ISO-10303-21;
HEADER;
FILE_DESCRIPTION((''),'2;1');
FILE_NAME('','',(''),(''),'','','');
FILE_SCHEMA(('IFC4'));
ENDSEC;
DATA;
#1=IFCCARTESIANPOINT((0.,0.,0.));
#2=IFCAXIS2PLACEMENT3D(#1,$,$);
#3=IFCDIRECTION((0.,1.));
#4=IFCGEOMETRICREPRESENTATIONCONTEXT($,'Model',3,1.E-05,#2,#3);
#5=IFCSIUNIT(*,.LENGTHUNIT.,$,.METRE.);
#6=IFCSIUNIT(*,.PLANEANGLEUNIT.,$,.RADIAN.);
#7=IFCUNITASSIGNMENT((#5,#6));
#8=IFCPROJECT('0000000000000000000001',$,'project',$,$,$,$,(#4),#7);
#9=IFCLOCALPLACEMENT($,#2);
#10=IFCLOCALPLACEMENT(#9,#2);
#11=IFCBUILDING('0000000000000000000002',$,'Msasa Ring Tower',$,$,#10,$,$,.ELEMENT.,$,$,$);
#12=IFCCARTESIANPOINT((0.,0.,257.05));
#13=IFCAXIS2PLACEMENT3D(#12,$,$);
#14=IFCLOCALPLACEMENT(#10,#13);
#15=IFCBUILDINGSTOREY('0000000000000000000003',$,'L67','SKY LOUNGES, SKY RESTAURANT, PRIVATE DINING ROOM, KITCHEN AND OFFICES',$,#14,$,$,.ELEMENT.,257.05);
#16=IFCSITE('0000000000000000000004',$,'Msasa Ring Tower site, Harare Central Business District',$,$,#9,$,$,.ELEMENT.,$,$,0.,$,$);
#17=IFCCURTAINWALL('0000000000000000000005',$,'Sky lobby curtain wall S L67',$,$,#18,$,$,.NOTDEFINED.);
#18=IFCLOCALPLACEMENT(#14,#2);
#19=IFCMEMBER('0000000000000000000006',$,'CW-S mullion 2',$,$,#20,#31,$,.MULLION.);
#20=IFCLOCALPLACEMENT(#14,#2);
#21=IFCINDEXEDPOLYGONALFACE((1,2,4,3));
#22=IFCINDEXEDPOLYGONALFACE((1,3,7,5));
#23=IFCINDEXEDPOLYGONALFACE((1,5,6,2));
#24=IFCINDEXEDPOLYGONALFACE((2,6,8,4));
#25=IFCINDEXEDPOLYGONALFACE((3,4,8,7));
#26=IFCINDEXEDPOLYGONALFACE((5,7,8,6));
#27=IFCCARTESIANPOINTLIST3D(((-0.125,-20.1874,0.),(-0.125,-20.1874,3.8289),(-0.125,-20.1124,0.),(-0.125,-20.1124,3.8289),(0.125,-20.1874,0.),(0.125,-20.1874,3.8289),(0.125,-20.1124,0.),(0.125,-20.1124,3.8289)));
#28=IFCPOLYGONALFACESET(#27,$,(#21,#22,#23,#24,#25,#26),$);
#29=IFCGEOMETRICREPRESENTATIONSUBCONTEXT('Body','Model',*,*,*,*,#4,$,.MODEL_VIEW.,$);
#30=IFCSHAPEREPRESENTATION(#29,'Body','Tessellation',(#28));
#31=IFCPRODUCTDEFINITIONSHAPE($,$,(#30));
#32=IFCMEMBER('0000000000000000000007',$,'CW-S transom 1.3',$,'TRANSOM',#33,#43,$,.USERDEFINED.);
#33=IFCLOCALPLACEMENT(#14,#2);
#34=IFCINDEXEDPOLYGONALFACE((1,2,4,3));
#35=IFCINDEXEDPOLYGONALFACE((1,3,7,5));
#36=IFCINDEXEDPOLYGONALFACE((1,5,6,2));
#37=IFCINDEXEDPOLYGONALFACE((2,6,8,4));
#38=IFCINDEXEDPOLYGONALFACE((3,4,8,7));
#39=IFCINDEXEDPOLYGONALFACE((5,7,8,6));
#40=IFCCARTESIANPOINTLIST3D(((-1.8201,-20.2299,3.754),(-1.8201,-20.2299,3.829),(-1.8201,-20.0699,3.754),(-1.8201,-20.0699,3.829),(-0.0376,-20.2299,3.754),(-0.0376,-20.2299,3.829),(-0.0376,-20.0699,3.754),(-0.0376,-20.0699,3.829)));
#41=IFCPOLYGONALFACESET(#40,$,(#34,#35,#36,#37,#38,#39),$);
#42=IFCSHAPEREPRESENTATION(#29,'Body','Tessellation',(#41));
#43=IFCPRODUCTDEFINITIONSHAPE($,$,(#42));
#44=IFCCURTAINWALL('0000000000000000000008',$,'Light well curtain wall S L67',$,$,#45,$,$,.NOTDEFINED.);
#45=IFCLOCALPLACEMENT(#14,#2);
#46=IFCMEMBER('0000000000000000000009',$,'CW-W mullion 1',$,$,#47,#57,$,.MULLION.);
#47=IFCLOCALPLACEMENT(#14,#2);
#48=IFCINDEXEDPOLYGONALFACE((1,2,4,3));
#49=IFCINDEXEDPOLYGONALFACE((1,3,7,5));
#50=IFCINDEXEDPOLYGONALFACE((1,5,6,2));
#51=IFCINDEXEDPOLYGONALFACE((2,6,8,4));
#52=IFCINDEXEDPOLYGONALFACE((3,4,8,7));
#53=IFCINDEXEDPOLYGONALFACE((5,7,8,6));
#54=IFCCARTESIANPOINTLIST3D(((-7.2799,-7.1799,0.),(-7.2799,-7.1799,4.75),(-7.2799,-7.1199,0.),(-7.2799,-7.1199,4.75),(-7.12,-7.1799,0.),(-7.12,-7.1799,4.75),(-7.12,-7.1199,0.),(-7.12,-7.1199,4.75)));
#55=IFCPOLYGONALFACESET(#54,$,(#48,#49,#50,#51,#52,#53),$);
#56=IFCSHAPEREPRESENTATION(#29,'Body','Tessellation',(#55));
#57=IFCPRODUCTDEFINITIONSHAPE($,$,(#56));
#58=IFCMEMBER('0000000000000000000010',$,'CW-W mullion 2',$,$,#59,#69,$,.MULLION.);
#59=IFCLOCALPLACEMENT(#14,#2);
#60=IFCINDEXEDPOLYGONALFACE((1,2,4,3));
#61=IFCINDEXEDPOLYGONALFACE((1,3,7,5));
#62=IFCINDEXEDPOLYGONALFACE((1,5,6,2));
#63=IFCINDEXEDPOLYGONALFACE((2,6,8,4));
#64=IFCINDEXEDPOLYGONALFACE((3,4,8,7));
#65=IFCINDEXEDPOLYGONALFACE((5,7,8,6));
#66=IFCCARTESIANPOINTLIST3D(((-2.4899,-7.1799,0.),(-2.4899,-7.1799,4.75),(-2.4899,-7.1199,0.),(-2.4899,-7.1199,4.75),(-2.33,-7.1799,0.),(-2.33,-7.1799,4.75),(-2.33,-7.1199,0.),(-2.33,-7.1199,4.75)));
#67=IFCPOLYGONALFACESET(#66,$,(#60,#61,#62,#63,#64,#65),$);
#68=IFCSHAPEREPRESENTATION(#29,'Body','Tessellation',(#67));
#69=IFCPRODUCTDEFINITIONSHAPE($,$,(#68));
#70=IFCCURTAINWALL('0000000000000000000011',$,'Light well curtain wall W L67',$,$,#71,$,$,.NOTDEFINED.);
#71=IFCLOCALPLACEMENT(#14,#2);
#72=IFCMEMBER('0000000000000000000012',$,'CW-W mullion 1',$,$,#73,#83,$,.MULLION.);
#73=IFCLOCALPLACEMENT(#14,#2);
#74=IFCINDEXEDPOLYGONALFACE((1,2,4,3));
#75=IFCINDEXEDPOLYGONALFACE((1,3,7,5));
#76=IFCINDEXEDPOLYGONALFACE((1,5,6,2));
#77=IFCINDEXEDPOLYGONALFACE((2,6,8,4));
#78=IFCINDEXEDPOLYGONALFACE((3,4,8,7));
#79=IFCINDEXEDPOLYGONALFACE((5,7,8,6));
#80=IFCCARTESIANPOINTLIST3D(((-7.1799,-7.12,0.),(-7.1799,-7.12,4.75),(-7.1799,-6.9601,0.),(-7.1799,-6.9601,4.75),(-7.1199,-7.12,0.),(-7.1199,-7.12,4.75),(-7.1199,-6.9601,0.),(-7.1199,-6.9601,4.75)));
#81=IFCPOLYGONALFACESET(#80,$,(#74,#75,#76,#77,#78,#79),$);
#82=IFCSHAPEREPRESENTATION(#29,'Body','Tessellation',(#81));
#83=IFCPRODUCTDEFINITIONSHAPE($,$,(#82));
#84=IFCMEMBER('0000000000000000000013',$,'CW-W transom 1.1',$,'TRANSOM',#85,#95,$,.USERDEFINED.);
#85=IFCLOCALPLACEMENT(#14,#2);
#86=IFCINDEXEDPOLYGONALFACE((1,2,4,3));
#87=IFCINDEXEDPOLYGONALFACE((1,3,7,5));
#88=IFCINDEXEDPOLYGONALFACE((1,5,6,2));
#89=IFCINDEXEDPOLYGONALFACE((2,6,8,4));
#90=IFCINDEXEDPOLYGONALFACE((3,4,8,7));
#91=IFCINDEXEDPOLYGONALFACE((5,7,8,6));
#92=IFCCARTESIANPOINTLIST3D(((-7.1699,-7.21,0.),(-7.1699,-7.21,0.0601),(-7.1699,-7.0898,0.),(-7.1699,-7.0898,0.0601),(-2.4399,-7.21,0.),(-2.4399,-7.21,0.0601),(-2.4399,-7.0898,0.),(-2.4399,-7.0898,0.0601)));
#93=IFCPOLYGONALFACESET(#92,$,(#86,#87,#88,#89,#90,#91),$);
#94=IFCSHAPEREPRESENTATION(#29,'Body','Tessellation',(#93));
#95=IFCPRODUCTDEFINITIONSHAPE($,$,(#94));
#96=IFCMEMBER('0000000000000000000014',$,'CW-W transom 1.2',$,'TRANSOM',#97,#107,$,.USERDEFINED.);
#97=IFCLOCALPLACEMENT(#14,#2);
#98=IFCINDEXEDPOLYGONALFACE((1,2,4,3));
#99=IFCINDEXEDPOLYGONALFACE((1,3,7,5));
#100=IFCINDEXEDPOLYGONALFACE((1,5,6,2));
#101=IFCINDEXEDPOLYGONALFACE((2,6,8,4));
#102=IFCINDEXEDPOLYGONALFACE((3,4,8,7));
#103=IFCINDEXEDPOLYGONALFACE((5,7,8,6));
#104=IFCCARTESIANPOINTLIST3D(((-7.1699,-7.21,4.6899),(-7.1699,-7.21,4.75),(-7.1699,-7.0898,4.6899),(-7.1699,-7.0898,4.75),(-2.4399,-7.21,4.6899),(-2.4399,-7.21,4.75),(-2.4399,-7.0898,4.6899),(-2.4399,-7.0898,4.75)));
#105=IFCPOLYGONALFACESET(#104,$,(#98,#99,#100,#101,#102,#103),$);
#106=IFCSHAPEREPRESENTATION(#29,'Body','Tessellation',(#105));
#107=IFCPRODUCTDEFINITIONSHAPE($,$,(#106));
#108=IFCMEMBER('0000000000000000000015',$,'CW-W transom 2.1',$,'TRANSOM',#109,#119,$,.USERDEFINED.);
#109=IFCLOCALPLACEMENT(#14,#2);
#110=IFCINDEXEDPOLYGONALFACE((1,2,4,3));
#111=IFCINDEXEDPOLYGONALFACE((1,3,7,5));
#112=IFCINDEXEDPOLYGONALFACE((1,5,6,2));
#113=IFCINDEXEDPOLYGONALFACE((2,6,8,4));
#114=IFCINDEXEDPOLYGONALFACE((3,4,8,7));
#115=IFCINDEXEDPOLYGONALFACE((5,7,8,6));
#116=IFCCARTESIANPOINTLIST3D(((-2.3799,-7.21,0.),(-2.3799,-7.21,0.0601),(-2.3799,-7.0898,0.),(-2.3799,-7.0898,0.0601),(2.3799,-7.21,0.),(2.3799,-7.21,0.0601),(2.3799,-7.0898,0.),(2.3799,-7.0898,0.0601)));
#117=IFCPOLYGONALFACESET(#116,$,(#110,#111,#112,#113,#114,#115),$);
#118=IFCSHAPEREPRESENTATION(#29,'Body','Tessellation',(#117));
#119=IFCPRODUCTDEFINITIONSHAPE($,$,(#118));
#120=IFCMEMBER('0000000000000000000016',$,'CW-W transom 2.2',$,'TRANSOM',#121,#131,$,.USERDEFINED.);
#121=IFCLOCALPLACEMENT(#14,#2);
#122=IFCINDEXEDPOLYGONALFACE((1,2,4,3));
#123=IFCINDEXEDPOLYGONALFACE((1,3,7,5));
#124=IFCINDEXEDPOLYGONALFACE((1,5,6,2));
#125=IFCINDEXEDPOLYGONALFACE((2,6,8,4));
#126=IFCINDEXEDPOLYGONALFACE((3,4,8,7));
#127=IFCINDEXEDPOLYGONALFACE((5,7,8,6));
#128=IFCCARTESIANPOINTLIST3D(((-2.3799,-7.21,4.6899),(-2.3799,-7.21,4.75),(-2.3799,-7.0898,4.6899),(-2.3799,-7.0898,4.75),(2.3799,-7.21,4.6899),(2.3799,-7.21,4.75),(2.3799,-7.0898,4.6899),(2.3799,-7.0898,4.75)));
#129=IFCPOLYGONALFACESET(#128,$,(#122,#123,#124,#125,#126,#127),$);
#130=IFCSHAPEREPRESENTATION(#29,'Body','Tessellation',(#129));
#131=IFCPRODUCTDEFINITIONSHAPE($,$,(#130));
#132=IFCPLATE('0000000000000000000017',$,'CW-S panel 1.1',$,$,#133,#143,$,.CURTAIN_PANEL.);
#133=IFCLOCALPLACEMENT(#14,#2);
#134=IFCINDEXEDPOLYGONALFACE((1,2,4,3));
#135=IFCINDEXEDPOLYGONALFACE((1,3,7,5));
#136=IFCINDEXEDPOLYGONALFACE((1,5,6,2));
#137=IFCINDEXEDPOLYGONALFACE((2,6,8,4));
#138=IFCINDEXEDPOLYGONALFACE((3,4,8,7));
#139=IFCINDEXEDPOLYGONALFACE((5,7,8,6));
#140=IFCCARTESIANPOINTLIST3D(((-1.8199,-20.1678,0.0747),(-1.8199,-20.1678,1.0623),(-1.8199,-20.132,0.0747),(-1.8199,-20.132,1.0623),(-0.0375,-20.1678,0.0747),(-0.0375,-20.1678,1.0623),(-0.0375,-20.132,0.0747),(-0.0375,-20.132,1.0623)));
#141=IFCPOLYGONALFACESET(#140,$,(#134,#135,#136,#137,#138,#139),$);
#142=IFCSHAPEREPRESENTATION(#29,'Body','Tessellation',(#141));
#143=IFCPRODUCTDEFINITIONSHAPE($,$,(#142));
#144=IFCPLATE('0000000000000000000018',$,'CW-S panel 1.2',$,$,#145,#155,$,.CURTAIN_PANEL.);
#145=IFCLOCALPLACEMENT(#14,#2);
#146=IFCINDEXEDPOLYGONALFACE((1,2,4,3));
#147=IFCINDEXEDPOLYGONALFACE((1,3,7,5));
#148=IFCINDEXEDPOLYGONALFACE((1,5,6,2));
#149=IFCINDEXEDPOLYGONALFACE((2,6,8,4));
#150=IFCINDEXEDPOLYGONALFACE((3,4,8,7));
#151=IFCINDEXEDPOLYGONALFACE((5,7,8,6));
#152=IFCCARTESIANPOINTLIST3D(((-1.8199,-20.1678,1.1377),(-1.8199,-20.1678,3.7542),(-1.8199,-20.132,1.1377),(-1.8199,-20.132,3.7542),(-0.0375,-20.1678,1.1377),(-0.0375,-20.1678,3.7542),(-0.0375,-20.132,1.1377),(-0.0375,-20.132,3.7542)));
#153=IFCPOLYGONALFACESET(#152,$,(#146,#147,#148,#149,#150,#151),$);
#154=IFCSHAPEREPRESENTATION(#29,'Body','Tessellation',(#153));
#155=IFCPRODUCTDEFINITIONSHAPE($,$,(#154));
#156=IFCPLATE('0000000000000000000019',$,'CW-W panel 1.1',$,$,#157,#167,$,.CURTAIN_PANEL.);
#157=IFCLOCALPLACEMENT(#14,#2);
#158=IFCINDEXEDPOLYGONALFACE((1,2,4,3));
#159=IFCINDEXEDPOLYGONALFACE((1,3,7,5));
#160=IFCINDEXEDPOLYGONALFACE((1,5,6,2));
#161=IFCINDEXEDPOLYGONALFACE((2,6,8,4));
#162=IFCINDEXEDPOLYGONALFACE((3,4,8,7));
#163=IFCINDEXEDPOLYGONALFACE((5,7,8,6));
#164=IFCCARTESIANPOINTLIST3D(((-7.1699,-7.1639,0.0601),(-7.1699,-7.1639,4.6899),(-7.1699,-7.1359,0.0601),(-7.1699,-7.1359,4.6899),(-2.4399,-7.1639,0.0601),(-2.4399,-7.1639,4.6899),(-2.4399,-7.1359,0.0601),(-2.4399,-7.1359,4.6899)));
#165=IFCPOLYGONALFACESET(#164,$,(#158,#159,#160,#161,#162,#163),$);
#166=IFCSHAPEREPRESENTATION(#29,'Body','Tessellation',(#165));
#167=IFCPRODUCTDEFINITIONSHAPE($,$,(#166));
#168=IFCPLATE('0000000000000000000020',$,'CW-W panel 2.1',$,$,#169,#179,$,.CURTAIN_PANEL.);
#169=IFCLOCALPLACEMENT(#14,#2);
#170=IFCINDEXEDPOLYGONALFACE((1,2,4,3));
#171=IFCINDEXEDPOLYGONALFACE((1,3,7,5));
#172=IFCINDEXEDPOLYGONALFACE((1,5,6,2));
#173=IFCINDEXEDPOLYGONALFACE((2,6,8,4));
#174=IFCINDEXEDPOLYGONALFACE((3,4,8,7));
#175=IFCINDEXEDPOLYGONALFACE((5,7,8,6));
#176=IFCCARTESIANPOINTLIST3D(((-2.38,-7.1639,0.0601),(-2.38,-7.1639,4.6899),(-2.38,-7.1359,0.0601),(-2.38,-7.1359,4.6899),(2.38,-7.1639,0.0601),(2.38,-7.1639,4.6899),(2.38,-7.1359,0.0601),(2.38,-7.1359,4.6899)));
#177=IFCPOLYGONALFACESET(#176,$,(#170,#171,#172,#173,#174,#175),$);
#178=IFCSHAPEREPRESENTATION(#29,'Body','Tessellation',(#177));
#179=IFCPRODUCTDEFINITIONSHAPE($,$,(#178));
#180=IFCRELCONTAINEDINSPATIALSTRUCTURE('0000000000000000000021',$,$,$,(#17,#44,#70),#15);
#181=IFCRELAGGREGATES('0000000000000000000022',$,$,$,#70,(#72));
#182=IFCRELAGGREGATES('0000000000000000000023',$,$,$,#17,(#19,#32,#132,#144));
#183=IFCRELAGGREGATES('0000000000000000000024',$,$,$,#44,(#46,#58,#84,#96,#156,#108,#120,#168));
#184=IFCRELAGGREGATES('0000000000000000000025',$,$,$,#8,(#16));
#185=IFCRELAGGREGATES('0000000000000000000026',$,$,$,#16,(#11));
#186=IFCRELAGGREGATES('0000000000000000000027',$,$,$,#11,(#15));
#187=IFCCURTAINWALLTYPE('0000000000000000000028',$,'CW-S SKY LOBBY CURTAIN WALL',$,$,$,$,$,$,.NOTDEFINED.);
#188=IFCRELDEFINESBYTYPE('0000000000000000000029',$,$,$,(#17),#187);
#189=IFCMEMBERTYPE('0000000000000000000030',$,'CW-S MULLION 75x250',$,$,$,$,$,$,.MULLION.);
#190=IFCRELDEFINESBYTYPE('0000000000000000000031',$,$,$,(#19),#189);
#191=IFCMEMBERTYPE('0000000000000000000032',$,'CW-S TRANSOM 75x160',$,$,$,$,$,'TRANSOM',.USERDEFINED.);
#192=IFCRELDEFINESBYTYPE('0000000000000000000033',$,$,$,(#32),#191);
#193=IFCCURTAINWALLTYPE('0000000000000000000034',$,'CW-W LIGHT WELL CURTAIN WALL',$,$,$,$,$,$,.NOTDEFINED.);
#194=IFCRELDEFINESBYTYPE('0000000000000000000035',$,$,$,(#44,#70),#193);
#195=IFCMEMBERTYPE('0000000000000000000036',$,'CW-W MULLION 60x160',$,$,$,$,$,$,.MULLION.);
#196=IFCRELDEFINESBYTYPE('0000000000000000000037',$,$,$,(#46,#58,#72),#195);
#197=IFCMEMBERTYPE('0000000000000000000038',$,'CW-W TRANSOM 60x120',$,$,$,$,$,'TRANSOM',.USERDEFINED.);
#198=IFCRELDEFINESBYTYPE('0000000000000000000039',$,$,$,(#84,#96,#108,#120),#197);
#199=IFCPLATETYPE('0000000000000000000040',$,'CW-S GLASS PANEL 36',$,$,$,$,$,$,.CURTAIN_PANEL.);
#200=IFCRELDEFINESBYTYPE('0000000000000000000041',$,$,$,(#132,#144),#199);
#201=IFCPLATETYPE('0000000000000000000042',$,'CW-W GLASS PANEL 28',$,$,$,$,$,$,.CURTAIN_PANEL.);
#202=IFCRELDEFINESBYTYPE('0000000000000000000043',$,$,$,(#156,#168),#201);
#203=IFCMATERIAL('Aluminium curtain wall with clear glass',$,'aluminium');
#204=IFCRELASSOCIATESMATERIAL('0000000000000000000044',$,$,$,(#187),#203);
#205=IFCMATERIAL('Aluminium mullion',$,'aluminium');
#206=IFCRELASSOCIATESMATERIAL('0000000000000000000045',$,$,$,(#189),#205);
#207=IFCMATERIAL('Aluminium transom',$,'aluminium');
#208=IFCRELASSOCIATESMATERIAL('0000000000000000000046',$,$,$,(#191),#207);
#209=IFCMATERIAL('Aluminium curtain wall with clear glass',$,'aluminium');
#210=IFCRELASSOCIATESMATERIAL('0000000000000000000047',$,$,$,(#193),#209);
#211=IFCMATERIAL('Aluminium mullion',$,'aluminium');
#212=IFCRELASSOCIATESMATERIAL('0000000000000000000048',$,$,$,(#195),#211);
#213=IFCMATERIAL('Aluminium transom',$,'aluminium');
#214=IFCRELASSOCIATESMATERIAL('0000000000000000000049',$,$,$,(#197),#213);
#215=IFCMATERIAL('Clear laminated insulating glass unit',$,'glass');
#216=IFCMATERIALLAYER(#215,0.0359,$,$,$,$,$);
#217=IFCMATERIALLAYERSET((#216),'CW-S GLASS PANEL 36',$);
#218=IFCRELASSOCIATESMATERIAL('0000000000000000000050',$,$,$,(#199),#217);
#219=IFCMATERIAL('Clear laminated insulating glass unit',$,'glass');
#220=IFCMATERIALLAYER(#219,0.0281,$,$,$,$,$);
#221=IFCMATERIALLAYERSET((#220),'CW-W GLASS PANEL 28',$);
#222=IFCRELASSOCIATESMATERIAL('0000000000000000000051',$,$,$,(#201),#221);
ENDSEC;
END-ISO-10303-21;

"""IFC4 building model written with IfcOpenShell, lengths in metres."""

from ifc_helpers import new_model, si_unit, direction, frame, origin, origin_2d, place, context, subcontext, project, spatial, rectangle, extrude, material, layer, layer_set, material_profile, profile_set, type_object, element, aggregate, save


model = new_model("IFC4")

# Units and contexts
model_context = context("Model", 3, precision=1e-05, world=origin(), true_north=direction((0.0, 1.0)))
body_context = subcontext(model_context, "Body", "Model", "MODEL_VIEW")
ifc_project = project(units=[si_unit("LENGTHUNIT", "METRE"), si_unit("PLANEANGLEUNIT", "RADIAN")], contexts=[model_context])

# Site, building, storey
site_placement = place(None, origin())
site = spatial("IfcSite", under=ifc_project, at=site_placement, Name="Msasa Ring Tower site, Harare Central Business District", CompositionType="ELEMENT", RefElevation=0.0)
building_placement = place(site_placement, origin())
building = spatial("IfcBuilding", under=site, at=building_placement, Name="Msasa Ring Tower", CompositionType="ELEMENT")
storey_placement = place(building_placement, frame((0.0, 0.0, 257.05)))
storey = spatial("IfcBuildingStorey", under=building, at=storey_placement, Name="L67", Description="SKY LOUNGES, SKY RESTAURANT, PRIVATE DINING ROOM, KITCHEN AND OFFICES", CompositionType="ELEMENT", Elevation=257.05)

# Curtain walls, members
ifc_material_1 = material(Name="Aluminium curtain wall with clear glass", Category="aluminium")
curtain_wall_type_1 = type_object("IfcCurtainWallType", Name="CW-S SKY LOBBY CURTAIN WALL", PredefinedType="NOTDEFINED", material=ifc_material_1)
curtain_wall_1_placement = place(storey_placement, origin())
curtain_wall_1 = element("IfcCurtainWall", 1, at=curtain_wall_1_placement, inside=storey, type_object=curtain_wall_type_1, Name="Sky lobby curtain wall S L67", PredefinedType="NOTDEFINED")
ifc_material_2 = material(Name="Aluminium mullion", Category="aluminium")
ifc_material_profile_1 = material_profile(ifc_material_2, rectangle(XDim=0.075, YDim=0.25, at=origin_2d()), Name="AL 75x250")
ifc_profile_set_1 = profile_set([ifc_material_profile_1], Name="Aluminium mullion")
member_type_1 = type_object("IfcMemberType", Name="CW-S MULLION 75x250", PredefinedType="MULLION", material=ifc_profile_set_1)
member_1_placement = place(storey_placement, frame((0.0, -20.1499, 0.0), z_axis=(0.0, 0.0, 1.0), x_axis=(0.0, 1.0, 0.0)))
member_1 = element("IfcMember", 2, at=member_1_placement, type_object=member_type_1, Name="CW-S mullion 2", PredefinedType="MULLION", context=body_context, shape_type="SweptSolid", body=[
    extrude(rectangle(XDim=0.075, YDim=0.25, at=origin_2d()), origin(), (0.0, 0.0, 1.0), 3.8289),
])
ifc_material_3 = material(Name="Aluminium transom", Category="aluminium")
ifc_material_profile_2 = material_profile(ifc_material_3, rectangle(XDim=0.1599, YDim=0.075, at=origin_2d()), Name="AL 75x160")
ifc_profile_set_2 = profile_set([ifc_material_profile_2], Name="Aluminium transom")
member_type_2 = type_object("IfcMemberType", Name="CW-S TRANSOM 75x160", ElementType="TRANSOM", PredefinedType="USERDEFINED", material=ifc_profile_set_2)
member_2_placement = place(storey_placement, frame((-1.8201, -20.1499, 3.7915), z_axis=(1.0, 0.0, 0.0), x_axis=(0.0, 1.0, 0.0)))
member_2 = element("IfcMember", 3, at=member_2_placement, type_object=member_type_2, Name="CW-S transom 1.3", ObjectType="TRANSOM", PredefinedType="USERDEFINED", context=body_context, shape_type="SweptSolid", body=[
    extrude(rectangle(XDim=0.1599, YDim=0.075, at=origin_2d()), origin(), (0.0, 0.0, 1.0), 1.7825),
])
ifc_material_4 = material(Name="Aluminium curtain wall with clear glass", Category="aluminium")
curtain_wall_type_2 = type_object("IfcCurtainWallType", Name="CW-W LIGHT WELL CURTAIN WALL", PredefinedType="NOTDEFINED", material=ifc_material_4)
curtain_wall_2_placement = place(storey_placement, origin())
curtain_wall_2 = element("IfcCurtainWall", 4, at=curtain_wall_2_placement, inside=storey, type_object=curtain_wall_type_2, Name="Light well curtain wall S L67", PredefinedType="NOTDEFINED")
ifc_material_5 = material(Name="Aluminium mullion", Category="aluminium")
ifc_material_profile_3 = material_profile(ifc_material_5, rectangle(XDim=0.0601, YDim=0.1599, at=origin_2d()), Name="AL 60x160")
ifc_profile_set_3 = profile_set([ifc_material_profile_3], Name="Aluminium mullion")
member_type_3 = type_object("IfcMemberType", Name="CW-W MULLION 60x160", PredefinedType="MULLION", material=ifc_profile_set_3)
member_3_placement = place(storey_placement, frame((-7.2, -7.1499, 0.0), z_axis=(0.0, 0.0, 1.0), x_axis=(0.0, 1.0, 0.0)))
member_3 = element("IfcMember", 5, at=member_3_placement, type_object=member_type_3, Name="CW-W mullion 1", PredefinedType="MULLION", context=body_context, shape_type="SweptSolid", body=[
    extrude(rectangle(XDim=0.0601, YDim=0.1599, at=origin_2d()), origin(), (0.0, 0.0, 1.0), 4.75),
])
member_4_placement = place(storey_placement, frame((-2.4099, -7.1499, 0.0), z_axis=(0.0, 0.0, 1.0), x_axis=(0.0, 1.0, 0.0)))
member_4 = element("IfcMember", 6, at=member_4_placement, type_object=member_type_3, Name="CW-W mullion 2", PredefinedType="MULLION", context=body_context, shape_type="SweptSolid", body=[
    extrude(rectangle(XDim=0.0601, YDim=0.1599, at=origin_2d()), origin(), (0.0, 0.0, 1.0), 4.75),
])

# Curtain wall, member
curtain_wall_3_placement = place(storey_placement, origin())
curtain_wall_3 = element("IfcCurtainWall", 7, at=curtain_wall_3_placement, inside=storey, type_object=curtain_wall_type_2, Name="Light well curtain wall W L67", PredefinedType="NOTDEFINED")
member_5_placement = place(storey_placement, frame((-7.1499, -7.04, 0.0), z_axis=(0.0, 0.0, 1.0), x_axis=(-1.0, 0.0, 0.0)))
member_5 = element("IfcMember", 8, at=member_5_placement, type_object=member_type_3, Name="CW-W mullion 1", PredefinedType="MULLION", context=body_context, shape_type="SweptSolid", body=[
    extrude(rectangle(XDim=0.0601, YDim=0.1599, at=origin_2d()), origin(), (0.0, 0.0, 1.0), 4.75),
])
aggregate(curtain_wall_3, [member_5])

# Members
ifc_material_6 = material(Name="Aluminium transom", Category="aluminium")
ifc_material_profile_4 = material_profile(ifc_material_6, rectangle(XDim=0.1201, YDim=0.0601, at=origin_2d()), Name="AL 60x120")
ifc_profile_set_4 = profile_set([ifc_material_profile_4], Name="Aluminium transom")
member_type_4 = type_object("IfcMemberType", Name="CW-W TRANSOM 60x120", ElementType="TRANSOM", PredefinedType="USERDEFINED", material=ifc_profile_set_4)
member_6_placement = place(storey_placement, frame((-7.1699, -7.1499, 0.03), z_axis=(1.0, 0.0, 0.0), x_axis=(0.0, 1.0, 0.0)))
member_6 = element("IfcMember", 9, at=member_6_placement, type_object=member_type_4, Name="CW-W transom 1.1", ObjectType="TRANSOM", PredefinedType="USERDEFINED", context=body_context, shape_type="SweptSolid", body=[
    extrude(rectangle(XDim=0.1201, YDim=0.0601, at=origin_2d()), origin(), (0.0, 0.0, 1.0), 4.73),
])
member_7_placement = place(storey_placement, frame((-7.1699, -7.1499, 4.72), z_axis=(1.0, 0.0, 0.0), x_axis=(0.0, 1.0, 0.0)))
member_7 = element("IfcMember", 10, at=member_7_placement, type_object=member_type_4, Name="CW-W transom 1.2", ObjectType="TRANSOM", PredefinedType="USERDEFINED", context=body_context, shape_type="SweptSolid", body=[
    extrude(rectangle(XDim=0.1201, YDim=0.0601, at=origin_2d()), origin(), (0.0, 0.0, 1.0), 4.73),
])
member_8_placement = place(storey_placement, frame((-2.3799, -7.1499, 0.03), z_axis=(1.0, 0.0, 0.0), x_axis=(0.0, 1.0, 0.0)))
member_8 = element("IfcMember", 11, at=member_8_placement, type_object=member_type_4, Name="CW-W transom 2.1", ObjectType="TRANSOM", PredefinedType="USERDEFINED", context=body_context, shape_type="SweptSolid", body=[
    extrude(rectangle(XDim=0.1201, YDim=0.0601, at=origin_2d()), origin(), (0.0, 0.0, 1.0), 4.7598),
])
member_9_placement = place(storey_placement, frame((-2.3799, -7.1499, 4.72), z_axis=(1.0, 0.0, 0.0), x_axis=(0.0, 1.0, 0.0)))
member_9 = element("IfcMember", 12, at=member_9_placement, type_object=member_type_4, Name="CW-W transom 2.2", ObjectType="TRANSOM", PredefinedType="USERDEFINED", context=body_context, shape_type="SweptSolid", body=[
    extrude(rectangle(XDim=0.1201, YDim=0.0601, at=origin_2d()), origin(), (0.0, 0.0, 1.0), 4.7598),
])

# Plates
ifc_material_7 = material(Name="Clear laminated insulating glass unit", Category="glass")
ifc_layer_1 = layer(ifc_material_7, 0.0359)
ifc_layer_set_1 = layer_set([ifc_layer_1], Name="CW-S GLASS PANEL 36")
plate_type_1 = type_object("IfcPlateType", Name="CW-S GLASS PANEL 36", PredefinedType="CURTAIN_PANEL", material=ifc_layer_set_1)
plate_1_placement = place(storey_placement, frame((-0.9287, -20.1499, 0.0747), z_axis=(0.0, 0.0, 1.0), x_axis=(1.0, 0.0, 0.0)))
plate_1 = element("IfcPlate", 13, at=plate_1_placement, type_object=plate_type_1, Name="CW-S panel 1.1", PredefinedType="CURTAIN_PANEL", context=body_context, shape_type="SweptSolid", body=[
    extrude(rectangle(XDim=1.7825, YDim=0.0359, at=origin_2d()), origin(), (0.0, 0.0, 1.0), 0.9875),
])
plate_2_placement = place(storey_placement, frame((-0.9287, -20.1499, 1.1377), z_axis=(0.0, 0.0, 1.0), x_axis=(1.0, 0.0, 0.0)))
plate_2 = element("IfcPlate", 14, at=plate_2_placement, type_object=plate_type_1, Name="CW-S panel 1.2", PredefinedType="CURTAIN_PANEL", context=body_context, shape_type="SweptSolid", body=[
    extrude(rectangle(XDim=1.7825, YDim=0.0359, at=origin_2d()), origin(), (0.0, 0.0, 1.0), 2.6165),
])
aggregate(curtain_wall_1, [member_1, member_2, plate_1, plate_2])
ifc_material_8 = material(Name="Clear laminated insulating glass unit", Category="glass")
ifc_layer_2 = layer(ifc_material_8, 0.0281)
ifc_layer_set_2 = layer_set([ifc_layer_2], Name="CW-W GLASS PANEL 28")
plate_type_2 = type_object("IfcPlateType", Name="CW-W GLASS PANEL 28", PredefinedType="CURTAIN_PANEL", material=ifc_layer_set_2)
plate_3_placement = place(storey_placement, frame((-4.8049, -7.1499, 0.0601), z_axis=(0.0, 0.0, 1.0), x_axis=(1.0, 0.0, 0.0)))
plate_3 = element("IfcPlate", 15, at=plate_3_placement, type_object=plate_type_2, Name="CW-W panel 1.1", PredefinedType="CURTAIN_PANEL", context=body_context, shape_type="SweptSolid", body=[
    extrude(rectangle(XDim=4.73, YDim=0.0281, at=origin_2d()), origin(), (0.0, 0.0, 1.0), 4.6299),
])
plate_4_placement = place(storey_placement, frame((0.0, -7.1499, 0.0601), z_axis=(0.0, 0.0, 1.0), x_axis=(1.0, 0.0, 0.0)))
plate_4 = element("IfcPlate", 16, at=plate_4_placement, type_object=plate_type_2, Name="CW-W panel 2.1", PredefinedType="CURTAIN_PANEL", context=body_context, shape_type="SweptSolid", body=[
    extrude(rectangle(XDim=4.76, YDim=0.0281, at=origin_2d()), origin(), (0.0, 0.0, 1.0), 4.6299),
])
aggregate(curtain_wall_2, [member_3, member_4, member_6, member_7, plate_3, member_8, member_9, plate_4])

save(model, "model.ifc")
